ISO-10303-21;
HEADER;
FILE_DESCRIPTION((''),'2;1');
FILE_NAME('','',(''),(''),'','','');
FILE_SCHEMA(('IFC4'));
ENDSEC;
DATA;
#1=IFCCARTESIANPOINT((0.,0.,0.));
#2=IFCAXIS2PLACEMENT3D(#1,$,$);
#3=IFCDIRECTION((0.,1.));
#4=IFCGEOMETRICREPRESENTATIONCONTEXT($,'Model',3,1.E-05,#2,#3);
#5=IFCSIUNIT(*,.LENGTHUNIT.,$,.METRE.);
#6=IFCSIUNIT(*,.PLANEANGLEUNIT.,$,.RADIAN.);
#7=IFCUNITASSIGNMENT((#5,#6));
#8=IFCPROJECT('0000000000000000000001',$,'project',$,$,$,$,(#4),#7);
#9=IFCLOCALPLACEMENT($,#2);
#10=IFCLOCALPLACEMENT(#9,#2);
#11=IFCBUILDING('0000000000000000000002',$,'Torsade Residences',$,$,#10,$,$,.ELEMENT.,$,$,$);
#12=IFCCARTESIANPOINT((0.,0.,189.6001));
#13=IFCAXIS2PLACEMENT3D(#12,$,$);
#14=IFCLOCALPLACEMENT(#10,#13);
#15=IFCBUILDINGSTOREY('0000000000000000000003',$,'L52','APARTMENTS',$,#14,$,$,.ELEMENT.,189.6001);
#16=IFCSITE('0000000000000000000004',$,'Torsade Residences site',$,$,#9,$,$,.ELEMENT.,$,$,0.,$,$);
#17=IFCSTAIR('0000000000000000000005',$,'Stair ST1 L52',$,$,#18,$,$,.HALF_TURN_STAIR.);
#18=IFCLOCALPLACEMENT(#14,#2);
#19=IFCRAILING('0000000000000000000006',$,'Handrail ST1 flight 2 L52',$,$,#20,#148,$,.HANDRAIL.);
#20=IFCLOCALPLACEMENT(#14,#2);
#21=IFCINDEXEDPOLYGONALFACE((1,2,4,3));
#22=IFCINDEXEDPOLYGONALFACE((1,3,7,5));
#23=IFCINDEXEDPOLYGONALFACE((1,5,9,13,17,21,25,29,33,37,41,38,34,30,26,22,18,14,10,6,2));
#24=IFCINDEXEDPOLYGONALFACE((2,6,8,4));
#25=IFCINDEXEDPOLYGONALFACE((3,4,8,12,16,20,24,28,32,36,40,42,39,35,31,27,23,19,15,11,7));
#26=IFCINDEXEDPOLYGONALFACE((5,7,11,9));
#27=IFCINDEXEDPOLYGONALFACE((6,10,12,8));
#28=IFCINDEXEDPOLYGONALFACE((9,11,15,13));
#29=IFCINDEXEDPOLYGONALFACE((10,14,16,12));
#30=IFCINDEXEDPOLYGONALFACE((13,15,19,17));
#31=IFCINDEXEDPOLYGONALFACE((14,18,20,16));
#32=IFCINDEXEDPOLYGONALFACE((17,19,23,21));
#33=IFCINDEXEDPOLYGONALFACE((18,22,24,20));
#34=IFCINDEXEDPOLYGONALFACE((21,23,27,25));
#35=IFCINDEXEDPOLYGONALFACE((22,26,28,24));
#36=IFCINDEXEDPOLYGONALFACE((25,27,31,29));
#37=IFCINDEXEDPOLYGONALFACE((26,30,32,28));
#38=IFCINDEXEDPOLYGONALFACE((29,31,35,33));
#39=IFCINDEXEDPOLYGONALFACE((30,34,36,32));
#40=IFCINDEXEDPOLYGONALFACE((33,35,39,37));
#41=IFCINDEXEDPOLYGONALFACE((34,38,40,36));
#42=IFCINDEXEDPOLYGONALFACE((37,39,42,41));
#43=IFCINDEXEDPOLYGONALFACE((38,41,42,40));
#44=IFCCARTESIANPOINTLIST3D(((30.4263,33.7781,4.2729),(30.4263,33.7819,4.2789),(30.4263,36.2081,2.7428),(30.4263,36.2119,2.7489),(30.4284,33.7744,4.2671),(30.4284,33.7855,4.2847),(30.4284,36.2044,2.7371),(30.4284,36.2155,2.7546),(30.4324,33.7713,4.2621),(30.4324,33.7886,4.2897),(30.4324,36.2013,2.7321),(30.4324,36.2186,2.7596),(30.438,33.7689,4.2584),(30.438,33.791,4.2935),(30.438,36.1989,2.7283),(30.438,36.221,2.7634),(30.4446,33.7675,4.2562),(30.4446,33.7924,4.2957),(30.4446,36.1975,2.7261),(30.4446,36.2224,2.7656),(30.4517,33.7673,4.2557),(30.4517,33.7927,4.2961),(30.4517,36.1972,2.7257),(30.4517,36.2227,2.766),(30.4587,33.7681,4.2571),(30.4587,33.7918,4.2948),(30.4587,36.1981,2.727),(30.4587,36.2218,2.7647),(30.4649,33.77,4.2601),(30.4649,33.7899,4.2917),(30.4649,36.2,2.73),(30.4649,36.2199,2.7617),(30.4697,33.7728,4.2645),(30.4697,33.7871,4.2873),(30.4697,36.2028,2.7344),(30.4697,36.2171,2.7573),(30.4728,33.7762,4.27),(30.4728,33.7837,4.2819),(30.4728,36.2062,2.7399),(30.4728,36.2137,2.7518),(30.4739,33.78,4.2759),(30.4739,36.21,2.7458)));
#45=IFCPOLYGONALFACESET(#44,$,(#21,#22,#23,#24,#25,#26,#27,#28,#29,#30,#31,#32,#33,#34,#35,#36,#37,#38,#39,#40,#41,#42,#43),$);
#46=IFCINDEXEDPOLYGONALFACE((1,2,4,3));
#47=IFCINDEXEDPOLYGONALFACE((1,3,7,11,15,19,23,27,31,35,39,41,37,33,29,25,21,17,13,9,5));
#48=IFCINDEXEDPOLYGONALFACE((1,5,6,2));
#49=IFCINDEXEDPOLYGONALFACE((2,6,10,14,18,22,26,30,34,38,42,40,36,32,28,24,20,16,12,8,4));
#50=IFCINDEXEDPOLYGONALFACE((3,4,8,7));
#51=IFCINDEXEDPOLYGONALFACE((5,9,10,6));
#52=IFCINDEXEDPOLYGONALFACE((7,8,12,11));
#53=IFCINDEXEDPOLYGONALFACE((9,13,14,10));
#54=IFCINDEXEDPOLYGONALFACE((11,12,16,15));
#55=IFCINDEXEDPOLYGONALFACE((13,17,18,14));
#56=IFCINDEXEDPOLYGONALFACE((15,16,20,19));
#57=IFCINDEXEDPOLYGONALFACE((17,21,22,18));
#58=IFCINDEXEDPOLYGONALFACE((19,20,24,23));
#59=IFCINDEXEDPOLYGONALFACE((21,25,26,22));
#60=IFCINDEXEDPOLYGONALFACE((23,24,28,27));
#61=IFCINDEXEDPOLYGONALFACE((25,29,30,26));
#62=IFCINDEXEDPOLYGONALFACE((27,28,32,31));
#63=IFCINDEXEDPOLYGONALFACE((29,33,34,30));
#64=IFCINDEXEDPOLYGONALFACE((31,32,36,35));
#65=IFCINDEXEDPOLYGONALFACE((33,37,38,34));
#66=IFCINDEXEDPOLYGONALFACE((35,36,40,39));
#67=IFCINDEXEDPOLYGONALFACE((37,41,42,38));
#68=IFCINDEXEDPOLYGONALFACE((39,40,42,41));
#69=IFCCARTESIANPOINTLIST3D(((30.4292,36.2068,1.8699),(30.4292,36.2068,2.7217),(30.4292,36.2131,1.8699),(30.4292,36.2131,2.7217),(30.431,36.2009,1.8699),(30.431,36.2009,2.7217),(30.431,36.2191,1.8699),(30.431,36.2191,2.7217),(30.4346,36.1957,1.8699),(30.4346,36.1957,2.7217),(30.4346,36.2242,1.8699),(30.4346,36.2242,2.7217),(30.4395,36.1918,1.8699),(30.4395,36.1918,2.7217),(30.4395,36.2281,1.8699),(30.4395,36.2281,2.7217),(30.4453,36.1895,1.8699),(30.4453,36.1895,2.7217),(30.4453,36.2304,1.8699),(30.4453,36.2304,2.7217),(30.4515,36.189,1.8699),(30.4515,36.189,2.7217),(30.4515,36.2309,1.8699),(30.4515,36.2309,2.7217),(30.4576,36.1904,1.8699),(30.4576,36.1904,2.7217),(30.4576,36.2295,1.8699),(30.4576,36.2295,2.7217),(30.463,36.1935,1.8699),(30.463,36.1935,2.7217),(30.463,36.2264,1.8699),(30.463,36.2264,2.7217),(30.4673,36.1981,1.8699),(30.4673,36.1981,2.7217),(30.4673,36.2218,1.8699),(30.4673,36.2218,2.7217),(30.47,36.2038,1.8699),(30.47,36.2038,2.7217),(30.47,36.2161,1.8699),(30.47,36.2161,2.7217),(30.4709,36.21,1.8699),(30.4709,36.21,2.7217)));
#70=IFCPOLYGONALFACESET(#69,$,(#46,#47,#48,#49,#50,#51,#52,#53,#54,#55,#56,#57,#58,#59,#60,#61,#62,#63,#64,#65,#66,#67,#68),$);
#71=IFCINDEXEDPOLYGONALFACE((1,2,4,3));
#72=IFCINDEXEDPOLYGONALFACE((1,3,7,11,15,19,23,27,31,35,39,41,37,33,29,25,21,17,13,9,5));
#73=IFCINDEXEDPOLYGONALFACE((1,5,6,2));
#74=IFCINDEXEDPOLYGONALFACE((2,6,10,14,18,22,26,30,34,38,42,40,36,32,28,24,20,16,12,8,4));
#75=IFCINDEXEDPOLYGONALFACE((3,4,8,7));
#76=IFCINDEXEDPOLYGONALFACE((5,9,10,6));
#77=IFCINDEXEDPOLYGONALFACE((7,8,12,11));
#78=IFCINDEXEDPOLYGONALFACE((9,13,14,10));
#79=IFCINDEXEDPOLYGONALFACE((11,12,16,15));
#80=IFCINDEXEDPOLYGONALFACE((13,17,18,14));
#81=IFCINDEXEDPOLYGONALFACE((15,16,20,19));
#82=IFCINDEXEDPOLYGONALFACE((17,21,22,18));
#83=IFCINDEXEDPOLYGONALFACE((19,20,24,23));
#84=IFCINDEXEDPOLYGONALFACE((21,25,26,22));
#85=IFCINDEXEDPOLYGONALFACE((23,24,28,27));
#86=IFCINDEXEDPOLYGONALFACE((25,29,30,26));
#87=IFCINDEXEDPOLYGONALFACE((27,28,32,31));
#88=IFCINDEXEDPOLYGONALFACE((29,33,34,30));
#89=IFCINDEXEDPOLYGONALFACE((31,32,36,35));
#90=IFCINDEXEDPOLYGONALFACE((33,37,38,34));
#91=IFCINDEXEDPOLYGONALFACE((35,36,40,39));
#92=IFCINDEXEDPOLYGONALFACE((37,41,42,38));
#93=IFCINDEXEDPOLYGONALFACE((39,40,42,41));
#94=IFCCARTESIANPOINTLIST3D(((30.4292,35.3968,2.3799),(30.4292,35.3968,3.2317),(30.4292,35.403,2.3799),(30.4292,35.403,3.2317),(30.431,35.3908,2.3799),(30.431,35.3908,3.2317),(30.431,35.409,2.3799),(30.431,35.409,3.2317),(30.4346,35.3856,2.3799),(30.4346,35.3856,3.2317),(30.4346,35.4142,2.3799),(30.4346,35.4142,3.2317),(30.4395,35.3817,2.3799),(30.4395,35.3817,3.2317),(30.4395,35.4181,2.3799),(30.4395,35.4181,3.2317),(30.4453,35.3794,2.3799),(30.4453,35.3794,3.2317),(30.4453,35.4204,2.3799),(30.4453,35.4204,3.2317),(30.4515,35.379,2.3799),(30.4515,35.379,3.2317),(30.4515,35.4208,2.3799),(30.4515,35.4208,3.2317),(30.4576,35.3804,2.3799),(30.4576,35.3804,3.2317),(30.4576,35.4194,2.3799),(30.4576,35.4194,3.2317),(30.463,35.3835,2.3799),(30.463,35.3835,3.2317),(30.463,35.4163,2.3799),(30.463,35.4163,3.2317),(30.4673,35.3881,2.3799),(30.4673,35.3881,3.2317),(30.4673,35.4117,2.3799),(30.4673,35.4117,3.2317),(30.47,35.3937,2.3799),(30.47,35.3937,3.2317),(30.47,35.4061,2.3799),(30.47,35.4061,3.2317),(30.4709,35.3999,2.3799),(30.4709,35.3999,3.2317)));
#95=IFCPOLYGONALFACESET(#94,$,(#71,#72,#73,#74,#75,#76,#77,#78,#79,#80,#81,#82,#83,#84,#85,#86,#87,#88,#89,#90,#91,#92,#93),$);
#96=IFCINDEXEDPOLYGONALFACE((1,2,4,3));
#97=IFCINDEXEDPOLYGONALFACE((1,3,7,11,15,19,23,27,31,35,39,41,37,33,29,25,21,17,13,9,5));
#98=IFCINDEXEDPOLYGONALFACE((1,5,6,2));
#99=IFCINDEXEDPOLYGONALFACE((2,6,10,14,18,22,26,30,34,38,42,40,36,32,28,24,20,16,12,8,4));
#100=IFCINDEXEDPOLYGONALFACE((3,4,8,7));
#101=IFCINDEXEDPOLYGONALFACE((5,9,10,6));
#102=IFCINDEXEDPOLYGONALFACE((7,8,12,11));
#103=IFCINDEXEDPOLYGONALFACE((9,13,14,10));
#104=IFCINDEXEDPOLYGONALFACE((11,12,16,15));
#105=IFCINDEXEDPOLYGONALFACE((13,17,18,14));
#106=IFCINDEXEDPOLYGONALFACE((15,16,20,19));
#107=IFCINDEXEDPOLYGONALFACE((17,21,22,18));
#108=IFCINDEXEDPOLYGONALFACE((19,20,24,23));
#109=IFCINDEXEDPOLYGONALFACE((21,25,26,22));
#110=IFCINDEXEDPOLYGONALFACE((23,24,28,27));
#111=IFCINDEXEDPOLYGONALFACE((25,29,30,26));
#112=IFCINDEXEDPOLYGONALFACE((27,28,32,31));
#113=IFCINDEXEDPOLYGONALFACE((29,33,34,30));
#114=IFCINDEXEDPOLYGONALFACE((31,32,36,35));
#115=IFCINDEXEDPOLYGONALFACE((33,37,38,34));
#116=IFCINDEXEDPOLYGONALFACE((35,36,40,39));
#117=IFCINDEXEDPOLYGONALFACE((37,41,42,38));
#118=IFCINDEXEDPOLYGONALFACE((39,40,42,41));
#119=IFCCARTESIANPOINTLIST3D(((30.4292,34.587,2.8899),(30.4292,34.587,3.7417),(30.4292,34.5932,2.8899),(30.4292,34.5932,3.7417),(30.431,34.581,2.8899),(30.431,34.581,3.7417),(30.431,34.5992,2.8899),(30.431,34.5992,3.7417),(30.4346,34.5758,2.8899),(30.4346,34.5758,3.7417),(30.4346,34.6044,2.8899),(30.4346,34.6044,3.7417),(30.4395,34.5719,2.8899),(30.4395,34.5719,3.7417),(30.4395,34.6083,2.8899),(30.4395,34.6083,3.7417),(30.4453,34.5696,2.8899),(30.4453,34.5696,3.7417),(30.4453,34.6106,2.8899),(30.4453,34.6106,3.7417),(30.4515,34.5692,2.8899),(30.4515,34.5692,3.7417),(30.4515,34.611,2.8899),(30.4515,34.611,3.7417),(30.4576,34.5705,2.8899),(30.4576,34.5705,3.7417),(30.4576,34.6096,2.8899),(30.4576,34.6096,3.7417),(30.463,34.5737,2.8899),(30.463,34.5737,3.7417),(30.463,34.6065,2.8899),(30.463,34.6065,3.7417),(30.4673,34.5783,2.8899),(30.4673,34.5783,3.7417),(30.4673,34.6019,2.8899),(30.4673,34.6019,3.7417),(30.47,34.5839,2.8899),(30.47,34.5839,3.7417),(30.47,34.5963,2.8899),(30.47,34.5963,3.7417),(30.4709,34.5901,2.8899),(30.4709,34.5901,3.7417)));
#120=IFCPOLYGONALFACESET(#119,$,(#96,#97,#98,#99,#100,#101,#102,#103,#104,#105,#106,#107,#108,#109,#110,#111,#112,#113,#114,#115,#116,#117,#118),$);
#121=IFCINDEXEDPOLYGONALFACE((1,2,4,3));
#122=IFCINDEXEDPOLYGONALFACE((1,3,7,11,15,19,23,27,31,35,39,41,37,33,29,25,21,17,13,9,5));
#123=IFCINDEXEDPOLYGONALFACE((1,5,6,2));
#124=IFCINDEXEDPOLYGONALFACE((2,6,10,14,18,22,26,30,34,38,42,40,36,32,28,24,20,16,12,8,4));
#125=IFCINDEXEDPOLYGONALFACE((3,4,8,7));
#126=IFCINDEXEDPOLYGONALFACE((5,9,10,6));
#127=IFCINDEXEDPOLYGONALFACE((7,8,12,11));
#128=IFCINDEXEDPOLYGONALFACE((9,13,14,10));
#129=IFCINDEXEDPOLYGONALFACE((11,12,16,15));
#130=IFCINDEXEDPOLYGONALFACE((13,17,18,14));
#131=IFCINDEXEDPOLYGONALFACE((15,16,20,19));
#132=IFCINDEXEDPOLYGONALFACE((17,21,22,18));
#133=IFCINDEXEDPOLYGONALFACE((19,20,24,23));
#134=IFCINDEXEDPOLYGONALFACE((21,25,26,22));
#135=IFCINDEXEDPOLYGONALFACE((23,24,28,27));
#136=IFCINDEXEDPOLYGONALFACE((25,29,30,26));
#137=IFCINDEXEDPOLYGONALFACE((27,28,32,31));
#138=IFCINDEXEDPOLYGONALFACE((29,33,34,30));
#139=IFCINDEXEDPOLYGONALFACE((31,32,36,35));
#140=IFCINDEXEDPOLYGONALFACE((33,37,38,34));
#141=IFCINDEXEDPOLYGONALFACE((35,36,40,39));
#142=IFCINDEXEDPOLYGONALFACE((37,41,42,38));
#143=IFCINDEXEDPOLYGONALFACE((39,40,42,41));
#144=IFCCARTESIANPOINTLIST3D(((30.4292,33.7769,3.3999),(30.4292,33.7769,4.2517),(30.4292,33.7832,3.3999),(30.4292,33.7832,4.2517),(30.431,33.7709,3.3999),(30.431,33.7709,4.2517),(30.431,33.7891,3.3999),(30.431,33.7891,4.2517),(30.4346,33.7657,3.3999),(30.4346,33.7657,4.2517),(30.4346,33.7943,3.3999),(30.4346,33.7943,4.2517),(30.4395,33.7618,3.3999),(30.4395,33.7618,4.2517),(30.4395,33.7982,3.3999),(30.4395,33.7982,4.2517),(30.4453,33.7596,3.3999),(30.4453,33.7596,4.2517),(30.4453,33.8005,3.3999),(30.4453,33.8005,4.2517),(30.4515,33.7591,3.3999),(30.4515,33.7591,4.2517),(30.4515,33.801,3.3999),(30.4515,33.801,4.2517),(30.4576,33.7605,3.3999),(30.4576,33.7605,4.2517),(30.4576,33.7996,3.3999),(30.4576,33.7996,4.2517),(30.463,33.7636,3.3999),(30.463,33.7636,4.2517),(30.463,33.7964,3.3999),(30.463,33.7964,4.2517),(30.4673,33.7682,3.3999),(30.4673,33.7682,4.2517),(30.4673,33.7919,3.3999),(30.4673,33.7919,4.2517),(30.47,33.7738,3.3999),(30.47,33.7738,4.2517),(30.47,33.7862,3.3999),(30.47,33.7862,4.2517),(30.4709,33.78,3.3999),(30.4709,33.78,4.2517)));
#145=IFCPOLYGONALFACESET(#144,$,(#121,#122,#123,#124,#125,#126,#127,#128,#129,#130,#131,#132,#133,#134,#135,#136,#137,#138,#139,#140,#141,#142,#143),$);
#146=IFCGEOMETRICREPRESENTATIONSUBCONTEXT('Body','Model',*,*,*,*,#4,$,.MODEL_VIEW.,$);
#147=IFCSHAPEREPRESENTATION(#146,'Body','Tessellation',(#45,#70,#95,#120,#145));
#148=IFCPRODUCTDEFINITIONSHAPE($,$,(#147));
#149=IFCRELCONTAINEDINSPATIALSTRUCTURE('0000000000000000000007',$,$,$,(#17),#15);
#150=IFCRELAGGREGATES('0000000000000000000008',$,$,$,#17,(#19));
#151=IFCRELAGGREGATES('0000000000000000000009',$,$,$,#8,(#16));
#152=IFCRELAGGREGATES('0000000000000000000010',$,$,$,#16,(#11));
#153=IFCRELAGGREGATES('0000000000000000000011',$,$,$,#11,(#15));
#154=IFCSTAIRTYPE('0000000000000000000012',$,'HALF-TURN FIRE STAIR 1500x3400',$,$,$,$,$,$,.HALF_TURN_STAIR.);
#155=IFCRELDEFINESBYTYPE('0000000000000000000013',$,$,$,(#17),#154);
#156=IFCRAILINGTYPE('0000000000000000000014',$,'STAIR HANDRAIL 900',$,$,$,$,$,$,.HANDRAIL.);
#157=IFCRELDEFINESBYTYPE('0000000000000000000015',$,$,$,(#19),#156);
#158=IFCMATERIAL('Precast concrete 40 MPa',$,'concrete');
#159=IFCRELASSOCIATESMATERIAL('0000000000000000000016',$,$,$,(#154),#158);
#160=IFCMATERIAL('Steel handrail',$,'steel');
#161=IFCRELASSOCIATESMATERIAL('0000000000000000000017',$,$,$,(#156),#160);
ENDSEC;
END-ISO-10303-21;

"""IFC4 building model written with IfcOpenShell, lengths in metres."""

from ifc_helpers import new_model, si_unit, direction, frame, origin, origin_2d, place, context, subcontext, project, spatial, circle, extrude, material, type_object, element, aggregate, save


model = new_model("IFC4")

# Units and contexts
model_context = context("Model", 3, precision=1e-05, world=origin(), true_north=direction((0.0, 1.0)))
body_context = subcontext(model_context, "Body", "Model", "MODEL_VIEW")
ifc_project = project(units=[si_unit("LENGTHUNIT", "METRE"), si_unit("PLANEANGLEUNIT", "RADIAN")], contexts=[model_context])

# Site, building, storey
site_placement = place(None, origin())
site = spatial("IfcSite", under=ifc_project, at=site_placement, Name="Torsade Residences site", CompositionType="ELEMENT", RefElevation=0.0)
building_placement = place(site_placement, origin())
building = spatial("IfcBuilding", under=site, at=building_placement, Name="Torsade Residences", CompositionType="ELEMENT")
storey_placement = place(building_placement, frame((0.0, 0.0, 189.6001)))
storey = spatial("IfcBuildingStorey", under=building, at=storey_placement, Name="L52", Description="APARTMENTS", CompositionType="ELEMENT", Elevation=189.6001)

# Stair, railing
ifc_material_1 = material(Name="Precast concrete 40 MPa", Category="concrete")
stair_type = type_object("IfcStairType", Name="HALF-TURN FIRE STAIR 1500x3400", PredefinedType="HALF_TURN_STAIR", material=ifc_material_1)
stair_placement = place(storey_placement, origin())
stair = element("IfcStair", 1, at=stair_placement, inside=storey, type_object=stair_type, Name="Stair ST1 L52", PredefinedType="HALF_TURN_STAIR")
ifc_material_2 = material(Name="Steel handrail", Category="steel")
railing_type = type_object("IfcRailingType", Name="STAIR HANDRAIL 900", PredefinedType="HANDRAIL", material=ifc_material_2)
railing_1_placement = place(storey_placement, frame((30.45, 36.21, 1.8699)))
railing_1 = element("IfcRailing", 2, at=railing_1_placement, type_object=railing_type, Name="Handrail ST1 flight 2 L52", PredefinedType="HANDRAIL", context=body_context, shape_type="SweptSolid", body=[
    extrude(circle(Radius=0.0239, at=origin_2d()), frame((0.0, 0.0, 0.876), z_axis=(0.0, -0.846221, 0.532831), x_axis=(1.0, 0.0, 0.0)), (0.0, 0.0, 1.0), 2.8716),
    extrude(circle(Radius=0.021, at=origin_2d()), origin(), (0.0, 0.0, 1.0), 0.8518),
    extrude(circle(Radius=0.021, at=origin_2d()), frame((0.0, -0.8101, 0.51)), (0.0, 0.0, 1.0), 0.8518),
    extrude(circle(Radius=0.021, at=origin_2d()), frame((0.0, -1.6199, 1.02)), (0.0, 0.0, 1.0), 0.8518),
    extrude(circle(Radius=0.021, at=origin_2d()), frame((0.0, -2.4299, 1.53)), (0.0, 0.0, 1.0), 0.8518),
])
aggregate(stair, [railing_1])

save(model, "model.ifc")
